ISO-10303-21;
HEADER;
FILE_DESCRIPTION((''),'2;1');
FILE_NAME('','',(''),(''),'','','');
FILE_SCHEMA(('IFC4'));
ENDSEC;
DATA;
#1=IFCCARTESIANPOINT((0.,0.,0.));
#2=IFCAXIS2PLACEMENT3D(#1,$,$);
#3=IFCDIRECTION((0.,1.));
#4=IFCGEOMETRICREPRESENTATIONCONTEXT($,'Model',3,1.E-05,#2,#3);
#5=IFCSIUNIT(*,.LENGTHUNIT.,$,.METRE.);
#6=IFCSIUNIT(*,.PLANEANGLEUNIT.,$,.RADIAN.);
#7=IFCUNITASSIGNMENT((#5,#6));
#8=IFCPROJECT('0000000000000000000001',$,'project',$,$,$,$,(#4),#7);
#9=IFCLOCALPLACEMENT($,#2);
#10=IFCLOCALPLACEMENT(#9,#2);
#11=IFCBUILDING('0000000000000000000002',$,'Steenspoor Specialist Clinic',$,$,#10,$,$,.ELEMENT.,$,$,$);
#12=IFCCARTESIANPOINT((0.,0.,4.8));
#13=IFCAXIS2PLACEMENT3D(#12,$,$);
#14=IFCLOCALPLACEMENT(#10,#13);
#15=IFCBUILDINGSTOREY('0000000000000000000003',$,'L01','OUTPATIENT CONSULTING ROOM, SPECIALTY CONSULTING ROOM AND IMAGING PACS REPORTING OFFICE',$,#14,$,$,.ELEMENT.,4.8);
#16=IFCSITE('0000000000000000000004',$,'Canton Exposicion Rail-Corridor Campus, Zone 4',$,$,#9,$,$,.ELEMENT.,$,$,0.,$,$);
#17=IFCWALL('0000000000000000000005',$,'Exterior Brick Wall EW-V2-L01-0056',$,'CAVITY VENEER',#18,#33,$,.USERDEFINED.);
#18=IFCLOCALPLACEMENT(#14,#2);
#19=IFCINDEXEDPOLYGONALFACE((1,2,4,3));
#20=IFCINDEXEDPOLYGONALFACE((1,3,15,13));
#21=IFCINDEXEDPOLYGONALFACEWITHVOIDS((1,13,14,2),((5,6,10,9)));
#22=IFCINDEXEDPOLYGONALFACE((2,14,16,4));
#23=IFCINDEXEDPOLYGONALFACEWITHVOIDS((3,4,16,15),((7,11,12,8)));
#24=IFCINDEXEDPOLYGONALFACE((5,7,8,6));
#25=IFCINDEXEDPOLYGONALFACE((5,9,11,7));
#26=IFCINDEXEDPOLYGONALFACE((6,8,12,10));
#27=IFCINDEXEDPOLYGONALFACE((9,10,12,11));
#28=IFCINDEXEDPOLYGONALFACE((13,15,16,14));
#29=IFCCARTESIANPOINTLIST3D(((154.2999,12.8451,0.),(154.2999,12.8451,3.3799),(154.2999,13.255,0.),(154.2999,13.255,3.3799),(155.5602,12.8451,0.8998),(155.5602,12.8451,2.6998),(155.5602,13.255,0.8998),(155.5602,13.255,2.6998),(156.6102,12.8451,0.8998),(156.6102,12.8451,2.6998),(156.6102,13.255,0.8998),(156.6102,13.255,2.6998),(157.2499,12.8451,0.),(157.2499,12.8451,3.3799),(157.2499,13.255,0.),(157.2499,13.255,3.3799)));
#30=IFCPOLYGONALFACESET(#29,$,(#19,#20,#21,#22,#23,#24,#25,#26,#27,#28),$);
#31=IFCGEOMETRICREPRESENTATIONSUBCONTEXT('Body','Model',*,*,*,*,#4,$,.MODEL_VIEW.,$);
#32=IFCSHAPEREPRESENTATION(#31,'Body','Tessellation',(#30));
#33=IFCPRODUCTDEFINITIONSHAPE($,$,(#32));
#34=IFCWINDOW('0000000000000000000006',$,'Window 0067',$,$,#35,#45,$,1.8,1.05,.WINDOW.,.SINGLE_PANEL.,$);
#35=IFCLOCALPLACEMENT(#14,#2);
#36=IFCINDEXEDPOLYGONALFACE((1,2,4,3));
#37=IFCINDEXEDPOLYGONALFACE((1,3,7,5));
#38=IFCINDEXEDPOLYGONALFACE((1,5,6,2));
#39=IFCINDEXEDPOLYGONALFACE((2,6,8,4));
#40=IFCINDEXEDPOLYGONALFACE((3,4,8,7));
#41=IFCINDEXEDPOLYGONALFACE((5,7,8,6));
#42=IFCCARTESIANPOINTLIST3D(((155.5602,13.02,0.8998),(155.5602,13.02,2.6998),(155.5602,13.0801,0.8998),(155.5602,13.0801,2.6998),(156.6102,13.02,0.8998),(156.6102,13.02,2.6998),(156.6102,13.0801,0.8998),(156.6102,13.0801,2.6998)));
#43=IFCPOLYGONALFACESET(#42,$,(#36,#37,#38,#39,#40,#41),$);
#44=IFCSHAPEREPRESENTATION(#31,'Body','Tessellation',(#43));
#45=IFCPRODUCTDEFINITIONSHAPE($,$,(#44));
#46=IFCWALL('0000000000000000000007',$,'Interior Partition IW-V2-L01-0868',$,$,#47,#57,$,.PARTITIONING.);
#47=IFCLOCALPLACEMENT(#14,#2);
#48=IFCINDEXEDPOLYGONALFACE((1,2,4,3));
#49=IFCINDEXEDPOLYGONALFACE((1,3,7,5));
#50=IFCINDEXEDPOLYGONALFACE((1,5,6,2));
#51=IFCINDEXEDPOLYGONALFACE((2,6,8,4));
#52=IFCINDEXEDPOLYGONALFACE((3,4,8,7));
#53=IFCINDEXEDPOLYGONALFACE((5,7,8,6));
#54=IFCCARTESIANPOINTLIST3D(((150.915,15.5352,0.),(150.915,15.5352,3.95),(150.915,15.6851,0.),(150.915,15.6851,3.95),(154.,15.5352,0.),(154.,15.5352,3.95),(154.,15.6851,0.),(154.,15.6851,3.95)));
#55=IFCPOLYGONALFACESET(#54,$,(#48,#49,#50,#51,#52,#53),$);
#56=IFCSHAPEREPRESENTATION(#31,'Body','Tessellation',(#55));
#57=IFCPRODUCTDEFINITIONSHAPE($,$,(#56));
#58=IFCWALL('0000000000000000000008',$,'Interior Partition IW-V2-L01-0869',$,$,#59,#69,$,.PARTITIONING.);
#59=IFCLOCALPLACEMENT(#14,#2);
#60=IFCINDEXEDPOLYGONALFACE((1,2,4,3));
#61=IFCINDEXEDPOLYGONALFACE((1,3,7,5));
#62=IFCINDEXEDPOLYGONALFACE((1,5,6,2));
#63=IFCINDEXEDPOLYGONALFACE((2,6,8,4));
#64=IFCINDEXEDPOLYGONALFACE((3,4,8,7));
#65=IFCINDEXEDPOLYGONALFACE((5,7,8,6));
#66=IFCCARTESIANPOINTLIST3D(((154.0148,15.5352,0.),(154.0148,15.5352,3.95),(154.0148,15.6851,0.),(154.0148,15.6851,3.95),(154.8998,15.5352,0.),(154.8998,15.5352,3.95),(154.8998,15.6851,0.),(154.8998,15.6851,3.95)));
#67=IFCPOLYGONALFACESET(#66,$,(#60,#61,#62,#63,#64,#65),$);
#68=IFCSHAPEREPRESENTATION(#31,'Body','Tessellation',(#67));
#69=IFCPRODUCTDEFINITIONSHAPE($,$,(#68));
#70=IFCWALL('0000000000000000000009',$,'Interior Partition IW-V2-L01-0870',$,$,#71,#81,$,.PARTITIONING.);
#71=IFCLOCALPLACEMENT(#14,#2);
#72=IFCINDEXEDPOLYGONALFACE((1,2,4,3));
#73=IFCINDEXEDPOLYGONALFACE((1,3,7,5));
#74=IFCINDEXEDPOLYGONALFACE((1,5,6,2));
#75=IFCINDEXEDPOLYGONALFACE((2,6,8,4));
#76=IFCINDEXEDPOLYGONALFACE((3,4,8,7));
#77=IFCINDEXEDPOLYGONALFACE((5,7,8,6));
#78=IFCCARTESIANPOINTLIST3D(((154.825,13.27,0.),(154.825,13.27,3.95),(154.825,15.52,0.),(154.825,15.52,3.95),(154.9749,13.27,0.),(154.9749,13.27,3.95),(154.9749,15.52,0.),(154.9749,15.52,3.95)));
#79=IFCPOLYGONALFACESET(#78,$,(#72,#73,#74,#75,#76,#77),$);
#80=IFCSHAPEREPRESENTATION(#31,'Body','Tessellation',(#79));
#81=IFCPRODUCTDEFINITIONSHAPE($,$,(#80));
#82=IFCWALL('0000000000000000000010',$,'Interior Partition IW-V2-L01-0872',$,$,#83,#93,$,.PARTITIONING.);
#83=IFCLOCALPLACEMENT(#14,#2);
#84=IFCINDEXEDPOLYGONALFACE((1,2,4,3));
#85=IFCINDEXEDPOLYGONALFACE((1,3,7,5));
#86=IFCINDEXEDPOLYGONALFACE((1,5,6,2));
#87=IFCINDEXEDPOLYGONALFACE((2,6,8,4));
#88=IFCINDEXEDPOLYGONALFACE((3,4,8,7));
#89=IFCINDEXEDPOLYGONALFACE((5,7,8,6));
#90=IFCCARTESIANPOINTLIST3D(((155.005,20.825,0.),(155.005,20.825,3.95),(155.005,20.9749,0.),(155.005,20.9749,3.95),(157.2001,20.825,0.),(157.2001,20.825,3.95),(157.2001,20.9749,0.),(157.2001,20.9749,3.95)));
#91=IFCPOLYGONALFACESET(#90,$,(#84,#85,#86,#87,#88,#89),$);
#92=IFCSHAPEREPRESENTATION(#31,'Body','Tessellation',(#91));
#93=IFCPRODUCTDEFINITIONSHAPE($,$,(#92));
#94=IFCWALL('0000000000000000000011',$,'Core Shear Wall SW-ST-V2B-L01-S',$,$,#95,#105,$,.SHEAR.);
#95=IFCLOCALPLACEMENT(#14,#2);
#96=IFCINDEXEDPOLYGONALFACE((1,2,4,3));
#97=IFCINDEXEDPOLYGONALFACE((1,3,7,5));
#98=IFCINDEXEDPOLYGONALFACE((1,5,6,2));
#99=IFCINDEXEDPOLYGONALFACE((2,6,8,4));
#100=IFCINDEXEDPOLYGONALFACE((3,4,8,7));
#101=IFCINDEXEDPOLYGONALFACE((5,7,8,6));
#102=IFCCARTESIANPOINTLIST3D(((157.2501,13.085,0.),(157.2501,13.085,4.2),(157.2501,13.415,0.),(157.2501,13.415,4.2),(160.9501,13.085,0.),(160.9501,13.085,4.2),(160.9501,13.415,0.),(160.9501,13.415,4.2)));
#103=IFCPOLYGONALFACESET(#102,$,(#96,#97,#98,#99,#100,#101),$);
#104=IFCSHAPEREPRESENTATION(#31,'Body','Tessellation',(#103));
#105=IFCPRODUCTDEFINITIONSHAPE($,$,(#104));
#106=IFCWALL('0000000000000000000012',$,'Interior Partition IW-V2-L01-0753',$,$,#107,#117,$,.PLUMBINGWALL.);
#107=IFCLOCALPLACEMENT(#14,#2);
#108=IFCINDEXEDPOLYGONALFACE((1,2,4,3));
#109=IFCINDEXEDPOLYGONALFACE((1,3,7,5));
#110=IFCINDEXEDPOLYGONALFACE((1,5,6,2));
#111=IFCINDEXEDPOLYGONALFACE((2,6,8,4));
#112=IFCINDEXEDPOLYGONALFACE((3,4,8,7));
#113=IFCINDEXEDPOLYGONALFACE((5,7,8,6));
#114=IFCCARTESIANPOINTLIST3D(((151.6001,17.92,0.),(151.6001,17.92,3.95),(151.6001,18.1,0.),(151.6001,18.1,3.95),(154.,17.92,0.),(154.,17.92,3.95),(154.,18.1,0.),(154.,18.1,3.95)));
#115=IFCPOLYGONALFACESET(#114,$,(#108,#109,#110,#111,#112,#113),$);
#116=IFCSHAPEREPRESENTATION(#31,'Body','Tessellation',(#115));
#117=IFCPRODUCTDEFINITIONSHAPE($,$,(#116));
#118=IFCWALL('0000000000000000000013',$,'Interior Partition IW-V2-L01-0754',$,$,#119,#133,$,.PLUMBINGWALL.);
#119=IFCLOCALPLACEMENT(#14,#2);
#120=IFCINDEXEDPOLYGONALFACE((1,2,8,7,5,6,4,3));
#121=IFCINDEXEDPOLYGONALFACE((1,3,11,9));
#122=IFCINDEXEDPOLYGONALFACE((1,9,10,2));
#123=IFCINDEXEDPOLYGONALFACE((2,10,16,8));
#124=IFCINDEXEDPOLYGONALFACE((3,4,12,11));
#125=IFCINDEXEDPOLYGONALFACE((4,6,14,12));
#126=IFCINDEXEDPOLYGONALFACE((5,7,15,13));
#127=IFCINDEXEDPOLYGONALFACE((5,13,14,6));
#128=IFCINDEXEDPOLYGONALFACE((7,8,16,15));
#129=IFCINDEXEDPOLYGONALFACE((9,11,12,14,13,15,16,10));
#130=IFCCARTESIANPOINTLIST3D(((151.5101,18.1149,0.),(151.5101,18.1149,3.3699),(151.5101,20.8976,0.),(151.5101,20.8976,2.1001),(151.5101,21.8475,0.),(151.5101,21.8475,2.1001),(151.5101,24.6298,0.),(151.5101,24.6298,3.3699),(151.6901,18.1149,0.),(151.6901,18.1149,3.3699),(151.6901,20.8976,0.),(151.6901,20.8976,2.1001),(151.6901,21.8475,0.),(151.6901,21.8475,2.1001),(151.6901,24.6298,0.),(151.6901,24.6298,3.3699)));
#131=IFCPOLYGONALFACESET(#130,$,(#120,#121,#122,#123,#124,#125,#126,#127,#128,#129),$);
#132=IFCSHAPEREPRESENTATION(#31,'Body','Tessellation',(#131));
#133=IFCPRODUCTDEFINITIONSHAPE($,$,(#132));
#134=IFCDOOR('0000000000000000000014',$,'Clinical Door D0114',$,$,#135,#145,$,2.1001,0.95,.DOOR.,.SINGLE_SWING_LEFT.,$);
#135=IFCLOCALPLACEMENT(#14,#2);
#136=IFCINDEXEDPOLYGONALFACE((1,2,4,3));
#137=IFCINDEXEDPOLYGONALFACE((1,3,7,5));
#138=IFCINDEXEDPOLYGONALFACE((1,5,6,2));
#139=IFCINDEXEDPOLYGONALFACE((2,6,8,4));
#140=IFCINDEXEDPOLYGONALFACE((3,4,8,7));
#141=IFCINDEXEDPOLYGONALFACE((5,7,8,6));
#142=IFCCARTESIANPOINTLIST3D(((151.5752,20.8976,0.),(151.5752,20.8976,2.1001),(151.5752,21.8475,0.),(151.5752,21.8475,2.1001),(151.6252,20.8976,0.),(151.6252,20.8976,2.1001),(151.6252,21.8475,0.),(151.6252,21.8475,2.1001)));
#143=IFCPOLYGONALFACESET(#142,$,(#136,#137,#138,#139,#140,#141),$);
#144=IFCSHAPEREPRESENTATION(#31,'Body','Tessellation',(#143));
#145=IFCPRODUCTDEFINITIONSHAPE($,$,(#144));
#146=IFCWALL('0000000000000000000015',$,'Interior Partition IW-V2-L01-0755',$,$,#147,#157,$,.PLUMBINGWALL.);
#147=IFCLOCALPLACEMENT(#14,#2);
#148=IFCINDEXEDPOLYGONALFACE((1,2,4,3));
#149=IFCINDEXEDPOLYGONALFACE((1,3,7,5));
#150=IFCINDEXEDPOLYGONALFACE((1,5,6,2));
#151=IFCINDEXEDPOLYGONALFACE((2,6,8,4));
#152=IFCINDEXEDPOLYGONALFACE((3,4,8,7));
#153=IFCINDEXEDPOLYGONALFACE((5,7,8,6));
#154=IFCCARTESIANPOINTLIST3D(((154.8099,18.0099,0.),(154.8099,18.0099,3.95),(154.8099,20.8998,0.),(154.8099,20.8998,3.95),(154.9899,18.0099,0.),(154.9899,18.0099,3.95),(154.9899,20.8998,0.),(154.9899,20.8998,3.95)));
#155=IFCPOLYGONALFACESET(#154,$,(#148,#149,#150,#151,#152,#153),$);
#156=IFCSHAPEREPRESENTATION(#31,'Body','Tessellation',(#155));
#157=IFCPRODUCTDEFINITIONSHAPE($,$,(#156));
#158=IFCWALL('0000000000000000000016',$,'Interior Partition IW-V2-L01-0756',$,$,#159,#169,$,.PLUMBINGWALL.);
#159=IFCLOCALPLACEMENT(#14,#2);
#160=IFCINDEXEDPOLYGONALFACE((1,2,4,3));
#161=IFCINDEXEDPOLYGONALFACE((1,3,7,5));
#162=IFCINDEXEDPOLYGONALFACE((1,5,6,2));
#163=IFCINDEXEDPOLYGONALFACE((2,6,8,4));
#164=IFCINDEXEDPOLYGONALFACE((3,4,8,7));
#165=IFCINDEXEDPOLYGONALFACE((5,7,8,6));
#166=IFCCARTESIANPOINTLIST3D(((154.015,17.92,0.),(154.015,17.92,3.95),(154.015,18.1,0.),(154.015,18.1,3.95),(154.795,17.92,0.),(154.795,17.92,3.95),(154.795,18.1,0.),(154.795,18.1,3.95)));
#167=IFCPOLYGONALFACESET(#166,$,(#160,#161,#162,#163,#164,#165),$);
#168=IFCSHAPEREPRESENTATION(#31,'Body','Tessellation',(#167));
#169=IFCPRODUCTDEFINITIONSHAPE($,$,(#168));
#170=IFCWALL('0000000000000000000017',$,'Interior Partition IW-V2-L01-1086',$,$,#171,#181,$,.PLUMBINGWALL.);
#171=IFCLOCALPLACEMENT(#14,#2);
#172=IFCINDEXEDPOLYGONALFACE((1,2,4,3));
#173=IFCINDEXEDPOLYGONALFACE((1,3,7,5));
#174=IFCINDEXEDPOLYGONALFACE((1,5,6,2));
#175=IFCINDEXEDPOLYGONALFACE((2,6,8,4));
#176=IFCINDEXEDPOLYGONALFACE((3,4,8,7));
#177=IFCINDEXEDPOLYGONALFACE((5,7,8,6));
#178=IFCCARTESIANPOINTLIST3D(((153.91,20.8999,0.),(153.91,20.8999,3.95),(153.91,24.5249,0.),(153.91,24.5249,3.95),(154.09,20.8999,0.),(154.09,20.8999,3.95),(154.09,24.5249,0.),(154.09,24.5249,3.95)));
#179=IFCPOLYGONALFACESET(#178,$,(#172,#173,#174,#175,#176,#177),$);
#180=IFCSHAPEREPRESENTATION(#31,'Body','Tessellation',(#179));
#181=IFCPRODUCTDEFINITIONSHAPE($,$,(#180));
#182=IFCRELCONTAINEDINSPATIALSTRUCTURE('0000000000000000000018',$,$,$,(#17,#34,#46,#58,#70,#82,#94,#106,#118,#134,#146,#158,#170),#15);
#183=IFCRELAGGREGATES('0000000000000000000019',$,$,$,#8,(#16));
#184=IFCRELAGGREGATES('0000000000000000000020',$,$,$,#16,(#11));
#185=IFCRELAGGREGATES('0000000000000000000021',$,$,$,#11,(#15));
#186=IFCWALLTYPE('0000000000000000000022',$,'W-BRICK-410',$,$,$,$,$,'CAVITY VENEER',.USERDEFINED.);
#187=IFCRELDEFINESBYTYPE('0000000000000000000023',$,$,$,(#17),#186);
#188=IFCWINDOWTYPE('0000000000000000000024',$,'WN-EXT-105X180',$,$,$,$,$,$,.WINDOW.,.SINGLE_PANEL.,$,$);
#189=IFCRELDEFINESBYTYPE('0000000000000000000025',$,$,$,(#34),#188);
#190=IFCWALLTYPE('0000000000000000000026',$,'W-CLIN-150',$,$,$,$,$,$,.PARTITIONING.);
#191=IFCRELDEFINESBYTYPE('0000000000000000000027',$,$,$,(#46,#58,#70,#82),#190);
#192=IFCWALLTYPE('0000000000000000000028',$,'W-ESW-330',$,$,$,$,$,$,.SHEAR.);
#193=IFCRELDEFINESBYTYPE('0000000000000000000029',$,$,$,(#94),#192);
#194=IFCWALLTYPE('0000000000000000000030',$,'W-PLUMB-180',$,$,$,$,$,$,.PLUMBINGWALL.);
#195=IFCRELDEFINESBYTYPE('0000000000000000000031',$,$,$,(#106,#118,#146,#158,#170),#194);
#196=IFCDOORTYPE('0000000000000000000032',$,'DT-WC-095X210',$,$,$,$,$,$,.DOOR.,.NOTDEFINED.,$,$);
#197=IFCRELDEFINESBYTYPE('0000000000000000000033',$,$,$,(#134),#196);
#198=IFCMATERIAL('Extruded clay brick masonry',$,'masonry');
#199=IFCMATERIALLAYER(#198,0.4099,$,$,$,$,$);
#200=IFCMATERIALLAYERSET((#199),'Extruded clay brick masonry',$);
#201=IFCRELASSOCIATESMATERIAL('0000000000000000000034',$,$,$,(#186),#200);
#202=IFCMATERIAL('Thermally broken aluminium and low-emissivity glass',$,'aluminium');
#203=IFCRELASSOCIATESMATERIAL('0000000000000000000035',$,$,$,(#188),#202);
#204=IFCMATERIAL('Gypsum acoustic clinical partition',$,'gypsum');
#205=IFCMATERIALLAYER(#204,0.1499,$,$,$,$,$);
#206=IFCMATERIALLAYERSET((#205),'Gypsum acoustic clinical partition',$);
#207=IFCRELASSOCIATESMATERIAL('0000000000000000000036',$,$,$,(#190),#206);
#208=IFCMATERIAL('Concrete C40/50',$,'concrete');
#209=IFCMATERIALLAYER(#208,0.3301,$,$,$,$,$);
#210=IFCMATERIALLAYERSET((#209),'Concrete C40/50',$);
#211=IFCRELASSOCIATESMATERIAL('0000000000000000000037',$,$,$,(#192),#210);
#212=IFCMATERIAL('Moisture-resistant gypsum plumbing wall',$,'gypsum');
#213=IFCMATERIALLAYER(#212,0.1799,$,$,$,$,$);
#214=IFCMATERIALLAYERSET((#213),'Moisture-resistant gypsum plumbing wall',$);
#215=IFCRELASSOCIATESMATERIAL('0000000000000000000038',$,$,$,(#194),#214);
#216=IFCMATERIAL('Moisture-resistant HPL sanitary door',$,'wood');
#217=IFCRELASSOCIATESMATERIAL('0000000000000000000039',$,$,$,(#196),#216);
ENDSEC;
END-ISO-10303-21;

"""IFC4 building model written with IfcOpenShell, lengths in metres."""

from ifc_helpers import new_model, si_unit, direction, frame, frame_2d, origin, place, context, subcontext, project, spatial, rectangle, extrude, material, layer, layer_set, type_object, element, fill, save


model = new_model("IFC4")

# Units and contexts
model_context = context("Model", 3, precision=1e-05, world=origin(), true_north=direction((0.0, 1.0)))
body_context = subcontext(model_context, "Body", "Model", "MODEL_VIEW")
ifc_project = project(units=[si_unit("LENGTHUNIT", "METRE"), si_unit("PLANEANGLEUNIT", "RADIAN")], contexts=[model_context])

# Site, building, storey
site_placement = place(None, origin())
site = spatial("IfcSite", under=ifc_project, at=site_placement, Name="Canton Exposicion Rail-Corridor Campus, Zone 4", CompositionType="ELEMENT", RefElevation=0.0)
building_placement = place(site_placement, origin())
building = spatial("IfcBuilding", under=site, at=building_placement, Name="Steenspoor Specialist Clinic", CompositionType="ELEMENT")
storey_placement = place(building_placement, frame((0.0, 0.0, 4.8)))
storey = spatial("IfcBuildingStorey", under=building, at=storey_placement, Name="L01", Description="OUTPATIENT CONSULTING ROOM, SPECIALTY CONSULTING ROOM AND IMAGING PACS REPORTING OFFICE", CompositionType="ELEMENT", Elevation=4.8)

# Shared definitions
ifc_material_1 = material(Name="Concrete C40/50", Category="concrete")

# Shared definitions
ifc_material_2 = material(Name="Thermally broken aluminium and low-emissivity glass", Category="aluminium")

# Wall, opening, window
ifc_material_3 = material(Name="Extruded clay brick masonry", Category="masonry")
ifc_layer_1 = layer(ifc_material_3, 0.4099)
ifc_layer_set_1 = layer_set([ifc_layer_1], Name="Extruded clay brick masonry")
wall_type_1 = type_object("IfcWallType", Name="W-BRICK-410", ElementType="CAVITY VENEER", PredefinedType="USERDEFINED", material=ifc_layer_set_1)
wall_1_placement = place(storey_placement, frame((157.25, 13.05, 0.0), z_axis=(0.0, 0.0, 1.0), x_axis=(-1.0, 0.0, 0.0)))
wall_1 = element("IfcWall", 1, at=wall_1_placement, inside=storey, type_object=wall_type_1, Name="Exterior Brick Wall EW-V2-L01-0056", ObjectType="CAVITY VENEER", PredefinedType="USERDEFINED", context=body_context, shape_type="SweptSolid", body=[
    extrude(rectangle(XDim=2.95, YDim=0.4099, at=frame_2d((1.4751, 0.0))), origin(), (0.0, 0.0, 1.0), 3.3799),
])
opening_1_placement = place(wall_1_placement, frame((0.6399, 0.0, 0.8999)))
opening_1 = element("IfcOpeningElement", 2, at=opening_1_placement, cuts=wall_1, PredefinedType="OPENING", context=body_context, shape_type="SweptSolid", body=[
    extrude(rectangle(XDim=1.05, YDim=1.8, at=frame_2d((0.5249, 0.8999))), frame((0.0, 0.2148, 0.0), z_axis=(0.0, -1.0, 0.0), x_axis=(1.0, 0.0, 0.0)), (0.0, 0.0, 1.0), 0.4299),
])
window_type_1 = type_object("IfcWindowType", Name="WN-EXT-105X180", PartitioningType="SINGLE_PANEL", PredefinedType="WINDOW", material=ifc_material_2)
window_1_placement = place(opening_1_placement, origin())
window_1 = element("IfcWindow", 3, at=window_1_placement, inside=storey, type_object=window_type_1, Name="Window 0067", OverallHeight=1.8, OverallWidth=1.05, PartitioningType="SINGLE_PANEL", PredefinedType="WINDOW", context=body_context, shape_type="SweptSolid", body=[
    extrude(rectangle(XDim=1.05, YDim=1.8, at=frame_2d((0.5249, 0.8999))), frame((0.0, 0.03, 0.0), z_axis=(0.0, -1.0, 0.0), x_axis=(1.0, 0.0, 0.0)), (0.0, 0.0, 1.0), 0.0601),
])
fill(opening_1, window_1)

# Walls
ifc_material_4 = material(Name="Gypsum acoustic clinical partition", Category="gypsum")
ifc_layer_2 = layer(ifc_material_4, 0.1499)
ifc_layer_set_2 = layer_set([ifc_layer_2], Name="Gypsum acoustic clinical partition")
wall_type_2 = type_object("IfcWallType", Name="W-CLIN-150", PredefinedType="PARTITIONING", material=ifc_layer_set_2)
wall_2_placement = place(storey_placement, frame((150.915, 15.6101, 0.0), z_axis=(0.0, 0.0, 1.0), x_axis=(1.0, 0.0, 0.0)))
element("IfcWall", 4, at=wall_2_placement, inside=storey, type_object=wall_type_2, Name="Interior Partition IW-V2-L01-0868", PredefinedType="PARTITIONING", context=body_context, shape_type="SweptSolid", body=[
    extrude(rectangle(XDim=3.085, YDim=0.1499, at=frame_2d((1.5425, 0.0))), origin(), (0.0, 0.0, 1.0), 3.95),
])
wall_3_placement = place(storey_placement, frame((154.0149, 15.6101, 0.0), z_axis=(0.0, 0.0, 1.0), x_axis=(1.0, 0.0, 0.0)))
element("IfcWall", 5, at=wall_3_placement, inside=storey, type_object=wall_type_2, Name="Interior Partition IW-V2-L01-0869", PredefinedType="PARTITIONING", context=body_context, shape_type="SweptSolid", body=[
    extrude(rectangle(XDim=0.885, YDim=0.1499, at=frame_2d((0.4424, 0.0))), origin(), (0.0, 0.0, 1.0), 3.95),
])
wall_4_placement = place(storey_placement, frame((154.8999, 13.27, 0.0), z_axis=(0.0, 0.0, 1.0), x_axis=(0.0, 1.0, 0.0)))
element("IfcWall", 6, at=wall_4_placement, inside=storey, type_object=wall_type_2, Name="Interior Partition IW-V2-L01-0870", PredefinedType="PARTITIONING", context=body_context, shape_type="SweptSolid", body=[
    extrude(rectangle(XDim=2.25, YDim=0.1499, at=frame_2d((1.125, 0.0))), origin(), (0.0, 0.0, 1.0), 3.95),
])
wall_5_placement = place(storey_placement, frame((155.0049, 20.8999, 0.0), z_axis=(0.0, 0.0, 1.0), x_axis=(1.0, 0.0, 0.0)))
element("IfcWall", 7, at=wall_5_placement, inside=storey, type_object=wall_type_2, Name="Interior Partition IW-V2-L01-0872", PredefinedType="PARTITIONING", context=body_context, shape_type="SweptSolid", body=[
    extrude(rectangle(XDim=2.1951, YDim=0.1499, at=frame_2d((1.0977, 0.0))), origin(), (0.0, 0.0, 1.0), 3.95),
])
ifc_layer_3 = layer(ifc_material_1, 0.3301)
ifc_layer_set_3 = layer_set([ifc_layer_3], Name="Concrete C40/50")
wall_type_3 = type_object("IfcWallType", Name="W-ESW-330", PredefinedType="SHEAR", material=ifc_layer_set_3)
wall_6_placement = place(storey_placement, frame((157.25, 13.25, 0.0), z_axis=(0.0, 0.0, 1.0), x_axis=(1.0, 0.0, 0.0)))
element("IfcWall", 8, at=wall_6_placement, inside=storey, type_object=wall_type_3, Name="Core Shear Wall SW-ST-V2B-L01-S", PredefinedType="SHEAR", context=body_context, shape_type="SweptSolid", body=[
    extrude(rectangle(XDim=3.7, YDim=0.3301, at=frame_2d((1.8501, 0.0))), origin(), (0.0, 0.0, 1.0), 4.2),
])
ifc_material_5 = material(Name="Moisture-resistant gypsum plumbing wall", Category="gypsum")
ifc_layer_4 = layer(ifc_material_5, 0.1799)
ifc_layer_set_4 = layer_set([ifc_layer_4], Name="Moisture-resistant gypsum plumbing wall")
wall_type_4 = type_object("IfcWallType", Name="W-PLUMB-180", PredefinedType="PLUMBINGWALL", material=ifc_layer_set_4)
wall_7_placement = place(storey_placement, frame((151.6001, 18.01, 0.0), z_axis=(0.0, 0.0, 1.0), x_axis=(1.0, 0.0, 0.0)))
element("IfcWall", 9, at=wall_7_placement, inside=storey, type_object=wall_type_4, Name="Interior Partition IW-V2-L01-0753", PredefinedType="PLUMBINGWALL", context=body_context, shape_type="SweptSolid", body=[
    extrude(rectangle(XDim=2.3999, YDim=0.1799, at=frame_2d((1.2, 0.0))), origin(), (0.0, 0.0, 1.0), 3.95),
])

# Wall, opening, door
wall_8_placement = place(storey_placement, frame((151.6001, 18.115, 0.0), z_axis=(0.0, 0.0, 1.0), x_axis=(0.0, 1.0, 0.0)))
wall_8 = element("IfcWall", 10, at=wall_8_placement, inside=storey, type_object=wall_type_4, Name="Interior Partition IW-V2-L01-0754", PredefinedType="PLUMBINGWALL", context=body_context, shape_type="SweptSolid", body=[
    extrude(rectangle(XDim=6.5149, YDim=0.1799, at=frame_2d((3.2573, 0.0))), origin(), (0.0, 0.0, 1.0), 3.3699),
])
opening_2_placement = place(wall_8_placement, frame((2.7825, 0.0, 0.0)))
opening_2 = element("IfcOpeningElement", 11, at=opening_2_placement, cuts=wall_8, PredefinedType="OPENING", context=body_context, shape_type="SweptSolid", body=[
    extrude(rectangle(XDim=0.95, YDim=2.1001, at=frame_2d((0.4751, 1.05))), frame((0.0, 0.1001, 0.0), z_axis=(0.0, -1.0, 0.0), x_axis=(1.0, 0.0, 0.0)), (0.0, 0.0, 1.0), 0.2),
])
ifc_material_6 = material(Name="Moisture-resistant HPL sanitary door", Category="wood")
door_type_1 = type_object("IfcDoorType", Name="DT-WC-095X210", OperationType="NOTDEFINED", PredefinedType="DOOR", material=ifc_material_6)
door_1_placement = place(opening_2_placement, origin())
door_1 = element("IfcDoor", 12, at=door_1_placement, inside=storey, type_object=door_type_1, Name="Clinical Door D0114", OperationType="SINGLE_SWING_LEFT", OverallHeight=2.1001, OverallWidth=0.95, PredefinedType="DOOR", context=body_context, shape_type="SweptSolid", body=[
    extrude(rectangle(XDim=0.95, YDim=2.1001, at=frame_2d((0.4751, 1.05))), frame((0.0, 0.0249, 0.0), z_axis=(0.0, -1.0, 0.0), x_axis=(1.0, 0.0, 0.0)), (0.0, 0.0, 1.0), 0.05),
])
fill(opening_2, door_1)

# Walls
wall_9_placement = place(storey_placement, frame((154.8999, 18.01, 0.0), z_axis=(0.0, 0.0, 1.0), x_axis=(0.0, 1.0, 0.0)))
element("IfcWall", 13, at=wall_9_placement, inside=storey, type_object=wall_type_4, Name="Interior Partition IW-V2-L01-0755", PredefinedType="PLUMBINGWALL", context=body_context, shape_type="SweptSolid", body=[
    extrude(rectangle(XDim=2.8899, YDim=0.1799, at=frame_2d((1.4448, 0.0))), origin(), (0.0, 0.0, 1.0), 3.95),
])
wall_10_placement = place(storey_placement, frame((154.0149, 18.01, 0.0), z_axis=(0.0, 0.0, 1.0), x_axis=(1.0, 0.0, 0.0)))
element("IfcWall", 14, at=wall_10_placement, inside=storey, type_object=wall_type_4, Name="Interior Partition IW-V2-L01-0756", PredefinedType="PLUMBINGWALL", context=body_context, shape_type="SweptSolid", body=[
    extrude(rectangle(XDim=0.78, YDim=0.1799, at=frame_2d((0.3901, 0.0))), origin(), (0.0, 0.0, 1.0), 3.95),
])
wall_11_placement = place(storey_placement, frame((154.0, 20.8999, 0.0), z_axis=(0.0, 0.0, 1.0), x_axis=(0.0, 1.0, 0.0)))
element("IfcWall", 15, at=wall_11_placement, inside=storey, type_object=wall_type_4, Name="Interior Partition IW-V2-L01-1086", PredefinedType="PLUMBINGWALL", context=body_context, shape_type="SweptSolid", body=[
    extrude(rectangle(XDim=3.625, YDim=0.1799, at=frame_2d((1.8125, 0.0))), origin(), (0.0, 0.0, 1.0), 3.95),
])

save(model, "model.ifc")
